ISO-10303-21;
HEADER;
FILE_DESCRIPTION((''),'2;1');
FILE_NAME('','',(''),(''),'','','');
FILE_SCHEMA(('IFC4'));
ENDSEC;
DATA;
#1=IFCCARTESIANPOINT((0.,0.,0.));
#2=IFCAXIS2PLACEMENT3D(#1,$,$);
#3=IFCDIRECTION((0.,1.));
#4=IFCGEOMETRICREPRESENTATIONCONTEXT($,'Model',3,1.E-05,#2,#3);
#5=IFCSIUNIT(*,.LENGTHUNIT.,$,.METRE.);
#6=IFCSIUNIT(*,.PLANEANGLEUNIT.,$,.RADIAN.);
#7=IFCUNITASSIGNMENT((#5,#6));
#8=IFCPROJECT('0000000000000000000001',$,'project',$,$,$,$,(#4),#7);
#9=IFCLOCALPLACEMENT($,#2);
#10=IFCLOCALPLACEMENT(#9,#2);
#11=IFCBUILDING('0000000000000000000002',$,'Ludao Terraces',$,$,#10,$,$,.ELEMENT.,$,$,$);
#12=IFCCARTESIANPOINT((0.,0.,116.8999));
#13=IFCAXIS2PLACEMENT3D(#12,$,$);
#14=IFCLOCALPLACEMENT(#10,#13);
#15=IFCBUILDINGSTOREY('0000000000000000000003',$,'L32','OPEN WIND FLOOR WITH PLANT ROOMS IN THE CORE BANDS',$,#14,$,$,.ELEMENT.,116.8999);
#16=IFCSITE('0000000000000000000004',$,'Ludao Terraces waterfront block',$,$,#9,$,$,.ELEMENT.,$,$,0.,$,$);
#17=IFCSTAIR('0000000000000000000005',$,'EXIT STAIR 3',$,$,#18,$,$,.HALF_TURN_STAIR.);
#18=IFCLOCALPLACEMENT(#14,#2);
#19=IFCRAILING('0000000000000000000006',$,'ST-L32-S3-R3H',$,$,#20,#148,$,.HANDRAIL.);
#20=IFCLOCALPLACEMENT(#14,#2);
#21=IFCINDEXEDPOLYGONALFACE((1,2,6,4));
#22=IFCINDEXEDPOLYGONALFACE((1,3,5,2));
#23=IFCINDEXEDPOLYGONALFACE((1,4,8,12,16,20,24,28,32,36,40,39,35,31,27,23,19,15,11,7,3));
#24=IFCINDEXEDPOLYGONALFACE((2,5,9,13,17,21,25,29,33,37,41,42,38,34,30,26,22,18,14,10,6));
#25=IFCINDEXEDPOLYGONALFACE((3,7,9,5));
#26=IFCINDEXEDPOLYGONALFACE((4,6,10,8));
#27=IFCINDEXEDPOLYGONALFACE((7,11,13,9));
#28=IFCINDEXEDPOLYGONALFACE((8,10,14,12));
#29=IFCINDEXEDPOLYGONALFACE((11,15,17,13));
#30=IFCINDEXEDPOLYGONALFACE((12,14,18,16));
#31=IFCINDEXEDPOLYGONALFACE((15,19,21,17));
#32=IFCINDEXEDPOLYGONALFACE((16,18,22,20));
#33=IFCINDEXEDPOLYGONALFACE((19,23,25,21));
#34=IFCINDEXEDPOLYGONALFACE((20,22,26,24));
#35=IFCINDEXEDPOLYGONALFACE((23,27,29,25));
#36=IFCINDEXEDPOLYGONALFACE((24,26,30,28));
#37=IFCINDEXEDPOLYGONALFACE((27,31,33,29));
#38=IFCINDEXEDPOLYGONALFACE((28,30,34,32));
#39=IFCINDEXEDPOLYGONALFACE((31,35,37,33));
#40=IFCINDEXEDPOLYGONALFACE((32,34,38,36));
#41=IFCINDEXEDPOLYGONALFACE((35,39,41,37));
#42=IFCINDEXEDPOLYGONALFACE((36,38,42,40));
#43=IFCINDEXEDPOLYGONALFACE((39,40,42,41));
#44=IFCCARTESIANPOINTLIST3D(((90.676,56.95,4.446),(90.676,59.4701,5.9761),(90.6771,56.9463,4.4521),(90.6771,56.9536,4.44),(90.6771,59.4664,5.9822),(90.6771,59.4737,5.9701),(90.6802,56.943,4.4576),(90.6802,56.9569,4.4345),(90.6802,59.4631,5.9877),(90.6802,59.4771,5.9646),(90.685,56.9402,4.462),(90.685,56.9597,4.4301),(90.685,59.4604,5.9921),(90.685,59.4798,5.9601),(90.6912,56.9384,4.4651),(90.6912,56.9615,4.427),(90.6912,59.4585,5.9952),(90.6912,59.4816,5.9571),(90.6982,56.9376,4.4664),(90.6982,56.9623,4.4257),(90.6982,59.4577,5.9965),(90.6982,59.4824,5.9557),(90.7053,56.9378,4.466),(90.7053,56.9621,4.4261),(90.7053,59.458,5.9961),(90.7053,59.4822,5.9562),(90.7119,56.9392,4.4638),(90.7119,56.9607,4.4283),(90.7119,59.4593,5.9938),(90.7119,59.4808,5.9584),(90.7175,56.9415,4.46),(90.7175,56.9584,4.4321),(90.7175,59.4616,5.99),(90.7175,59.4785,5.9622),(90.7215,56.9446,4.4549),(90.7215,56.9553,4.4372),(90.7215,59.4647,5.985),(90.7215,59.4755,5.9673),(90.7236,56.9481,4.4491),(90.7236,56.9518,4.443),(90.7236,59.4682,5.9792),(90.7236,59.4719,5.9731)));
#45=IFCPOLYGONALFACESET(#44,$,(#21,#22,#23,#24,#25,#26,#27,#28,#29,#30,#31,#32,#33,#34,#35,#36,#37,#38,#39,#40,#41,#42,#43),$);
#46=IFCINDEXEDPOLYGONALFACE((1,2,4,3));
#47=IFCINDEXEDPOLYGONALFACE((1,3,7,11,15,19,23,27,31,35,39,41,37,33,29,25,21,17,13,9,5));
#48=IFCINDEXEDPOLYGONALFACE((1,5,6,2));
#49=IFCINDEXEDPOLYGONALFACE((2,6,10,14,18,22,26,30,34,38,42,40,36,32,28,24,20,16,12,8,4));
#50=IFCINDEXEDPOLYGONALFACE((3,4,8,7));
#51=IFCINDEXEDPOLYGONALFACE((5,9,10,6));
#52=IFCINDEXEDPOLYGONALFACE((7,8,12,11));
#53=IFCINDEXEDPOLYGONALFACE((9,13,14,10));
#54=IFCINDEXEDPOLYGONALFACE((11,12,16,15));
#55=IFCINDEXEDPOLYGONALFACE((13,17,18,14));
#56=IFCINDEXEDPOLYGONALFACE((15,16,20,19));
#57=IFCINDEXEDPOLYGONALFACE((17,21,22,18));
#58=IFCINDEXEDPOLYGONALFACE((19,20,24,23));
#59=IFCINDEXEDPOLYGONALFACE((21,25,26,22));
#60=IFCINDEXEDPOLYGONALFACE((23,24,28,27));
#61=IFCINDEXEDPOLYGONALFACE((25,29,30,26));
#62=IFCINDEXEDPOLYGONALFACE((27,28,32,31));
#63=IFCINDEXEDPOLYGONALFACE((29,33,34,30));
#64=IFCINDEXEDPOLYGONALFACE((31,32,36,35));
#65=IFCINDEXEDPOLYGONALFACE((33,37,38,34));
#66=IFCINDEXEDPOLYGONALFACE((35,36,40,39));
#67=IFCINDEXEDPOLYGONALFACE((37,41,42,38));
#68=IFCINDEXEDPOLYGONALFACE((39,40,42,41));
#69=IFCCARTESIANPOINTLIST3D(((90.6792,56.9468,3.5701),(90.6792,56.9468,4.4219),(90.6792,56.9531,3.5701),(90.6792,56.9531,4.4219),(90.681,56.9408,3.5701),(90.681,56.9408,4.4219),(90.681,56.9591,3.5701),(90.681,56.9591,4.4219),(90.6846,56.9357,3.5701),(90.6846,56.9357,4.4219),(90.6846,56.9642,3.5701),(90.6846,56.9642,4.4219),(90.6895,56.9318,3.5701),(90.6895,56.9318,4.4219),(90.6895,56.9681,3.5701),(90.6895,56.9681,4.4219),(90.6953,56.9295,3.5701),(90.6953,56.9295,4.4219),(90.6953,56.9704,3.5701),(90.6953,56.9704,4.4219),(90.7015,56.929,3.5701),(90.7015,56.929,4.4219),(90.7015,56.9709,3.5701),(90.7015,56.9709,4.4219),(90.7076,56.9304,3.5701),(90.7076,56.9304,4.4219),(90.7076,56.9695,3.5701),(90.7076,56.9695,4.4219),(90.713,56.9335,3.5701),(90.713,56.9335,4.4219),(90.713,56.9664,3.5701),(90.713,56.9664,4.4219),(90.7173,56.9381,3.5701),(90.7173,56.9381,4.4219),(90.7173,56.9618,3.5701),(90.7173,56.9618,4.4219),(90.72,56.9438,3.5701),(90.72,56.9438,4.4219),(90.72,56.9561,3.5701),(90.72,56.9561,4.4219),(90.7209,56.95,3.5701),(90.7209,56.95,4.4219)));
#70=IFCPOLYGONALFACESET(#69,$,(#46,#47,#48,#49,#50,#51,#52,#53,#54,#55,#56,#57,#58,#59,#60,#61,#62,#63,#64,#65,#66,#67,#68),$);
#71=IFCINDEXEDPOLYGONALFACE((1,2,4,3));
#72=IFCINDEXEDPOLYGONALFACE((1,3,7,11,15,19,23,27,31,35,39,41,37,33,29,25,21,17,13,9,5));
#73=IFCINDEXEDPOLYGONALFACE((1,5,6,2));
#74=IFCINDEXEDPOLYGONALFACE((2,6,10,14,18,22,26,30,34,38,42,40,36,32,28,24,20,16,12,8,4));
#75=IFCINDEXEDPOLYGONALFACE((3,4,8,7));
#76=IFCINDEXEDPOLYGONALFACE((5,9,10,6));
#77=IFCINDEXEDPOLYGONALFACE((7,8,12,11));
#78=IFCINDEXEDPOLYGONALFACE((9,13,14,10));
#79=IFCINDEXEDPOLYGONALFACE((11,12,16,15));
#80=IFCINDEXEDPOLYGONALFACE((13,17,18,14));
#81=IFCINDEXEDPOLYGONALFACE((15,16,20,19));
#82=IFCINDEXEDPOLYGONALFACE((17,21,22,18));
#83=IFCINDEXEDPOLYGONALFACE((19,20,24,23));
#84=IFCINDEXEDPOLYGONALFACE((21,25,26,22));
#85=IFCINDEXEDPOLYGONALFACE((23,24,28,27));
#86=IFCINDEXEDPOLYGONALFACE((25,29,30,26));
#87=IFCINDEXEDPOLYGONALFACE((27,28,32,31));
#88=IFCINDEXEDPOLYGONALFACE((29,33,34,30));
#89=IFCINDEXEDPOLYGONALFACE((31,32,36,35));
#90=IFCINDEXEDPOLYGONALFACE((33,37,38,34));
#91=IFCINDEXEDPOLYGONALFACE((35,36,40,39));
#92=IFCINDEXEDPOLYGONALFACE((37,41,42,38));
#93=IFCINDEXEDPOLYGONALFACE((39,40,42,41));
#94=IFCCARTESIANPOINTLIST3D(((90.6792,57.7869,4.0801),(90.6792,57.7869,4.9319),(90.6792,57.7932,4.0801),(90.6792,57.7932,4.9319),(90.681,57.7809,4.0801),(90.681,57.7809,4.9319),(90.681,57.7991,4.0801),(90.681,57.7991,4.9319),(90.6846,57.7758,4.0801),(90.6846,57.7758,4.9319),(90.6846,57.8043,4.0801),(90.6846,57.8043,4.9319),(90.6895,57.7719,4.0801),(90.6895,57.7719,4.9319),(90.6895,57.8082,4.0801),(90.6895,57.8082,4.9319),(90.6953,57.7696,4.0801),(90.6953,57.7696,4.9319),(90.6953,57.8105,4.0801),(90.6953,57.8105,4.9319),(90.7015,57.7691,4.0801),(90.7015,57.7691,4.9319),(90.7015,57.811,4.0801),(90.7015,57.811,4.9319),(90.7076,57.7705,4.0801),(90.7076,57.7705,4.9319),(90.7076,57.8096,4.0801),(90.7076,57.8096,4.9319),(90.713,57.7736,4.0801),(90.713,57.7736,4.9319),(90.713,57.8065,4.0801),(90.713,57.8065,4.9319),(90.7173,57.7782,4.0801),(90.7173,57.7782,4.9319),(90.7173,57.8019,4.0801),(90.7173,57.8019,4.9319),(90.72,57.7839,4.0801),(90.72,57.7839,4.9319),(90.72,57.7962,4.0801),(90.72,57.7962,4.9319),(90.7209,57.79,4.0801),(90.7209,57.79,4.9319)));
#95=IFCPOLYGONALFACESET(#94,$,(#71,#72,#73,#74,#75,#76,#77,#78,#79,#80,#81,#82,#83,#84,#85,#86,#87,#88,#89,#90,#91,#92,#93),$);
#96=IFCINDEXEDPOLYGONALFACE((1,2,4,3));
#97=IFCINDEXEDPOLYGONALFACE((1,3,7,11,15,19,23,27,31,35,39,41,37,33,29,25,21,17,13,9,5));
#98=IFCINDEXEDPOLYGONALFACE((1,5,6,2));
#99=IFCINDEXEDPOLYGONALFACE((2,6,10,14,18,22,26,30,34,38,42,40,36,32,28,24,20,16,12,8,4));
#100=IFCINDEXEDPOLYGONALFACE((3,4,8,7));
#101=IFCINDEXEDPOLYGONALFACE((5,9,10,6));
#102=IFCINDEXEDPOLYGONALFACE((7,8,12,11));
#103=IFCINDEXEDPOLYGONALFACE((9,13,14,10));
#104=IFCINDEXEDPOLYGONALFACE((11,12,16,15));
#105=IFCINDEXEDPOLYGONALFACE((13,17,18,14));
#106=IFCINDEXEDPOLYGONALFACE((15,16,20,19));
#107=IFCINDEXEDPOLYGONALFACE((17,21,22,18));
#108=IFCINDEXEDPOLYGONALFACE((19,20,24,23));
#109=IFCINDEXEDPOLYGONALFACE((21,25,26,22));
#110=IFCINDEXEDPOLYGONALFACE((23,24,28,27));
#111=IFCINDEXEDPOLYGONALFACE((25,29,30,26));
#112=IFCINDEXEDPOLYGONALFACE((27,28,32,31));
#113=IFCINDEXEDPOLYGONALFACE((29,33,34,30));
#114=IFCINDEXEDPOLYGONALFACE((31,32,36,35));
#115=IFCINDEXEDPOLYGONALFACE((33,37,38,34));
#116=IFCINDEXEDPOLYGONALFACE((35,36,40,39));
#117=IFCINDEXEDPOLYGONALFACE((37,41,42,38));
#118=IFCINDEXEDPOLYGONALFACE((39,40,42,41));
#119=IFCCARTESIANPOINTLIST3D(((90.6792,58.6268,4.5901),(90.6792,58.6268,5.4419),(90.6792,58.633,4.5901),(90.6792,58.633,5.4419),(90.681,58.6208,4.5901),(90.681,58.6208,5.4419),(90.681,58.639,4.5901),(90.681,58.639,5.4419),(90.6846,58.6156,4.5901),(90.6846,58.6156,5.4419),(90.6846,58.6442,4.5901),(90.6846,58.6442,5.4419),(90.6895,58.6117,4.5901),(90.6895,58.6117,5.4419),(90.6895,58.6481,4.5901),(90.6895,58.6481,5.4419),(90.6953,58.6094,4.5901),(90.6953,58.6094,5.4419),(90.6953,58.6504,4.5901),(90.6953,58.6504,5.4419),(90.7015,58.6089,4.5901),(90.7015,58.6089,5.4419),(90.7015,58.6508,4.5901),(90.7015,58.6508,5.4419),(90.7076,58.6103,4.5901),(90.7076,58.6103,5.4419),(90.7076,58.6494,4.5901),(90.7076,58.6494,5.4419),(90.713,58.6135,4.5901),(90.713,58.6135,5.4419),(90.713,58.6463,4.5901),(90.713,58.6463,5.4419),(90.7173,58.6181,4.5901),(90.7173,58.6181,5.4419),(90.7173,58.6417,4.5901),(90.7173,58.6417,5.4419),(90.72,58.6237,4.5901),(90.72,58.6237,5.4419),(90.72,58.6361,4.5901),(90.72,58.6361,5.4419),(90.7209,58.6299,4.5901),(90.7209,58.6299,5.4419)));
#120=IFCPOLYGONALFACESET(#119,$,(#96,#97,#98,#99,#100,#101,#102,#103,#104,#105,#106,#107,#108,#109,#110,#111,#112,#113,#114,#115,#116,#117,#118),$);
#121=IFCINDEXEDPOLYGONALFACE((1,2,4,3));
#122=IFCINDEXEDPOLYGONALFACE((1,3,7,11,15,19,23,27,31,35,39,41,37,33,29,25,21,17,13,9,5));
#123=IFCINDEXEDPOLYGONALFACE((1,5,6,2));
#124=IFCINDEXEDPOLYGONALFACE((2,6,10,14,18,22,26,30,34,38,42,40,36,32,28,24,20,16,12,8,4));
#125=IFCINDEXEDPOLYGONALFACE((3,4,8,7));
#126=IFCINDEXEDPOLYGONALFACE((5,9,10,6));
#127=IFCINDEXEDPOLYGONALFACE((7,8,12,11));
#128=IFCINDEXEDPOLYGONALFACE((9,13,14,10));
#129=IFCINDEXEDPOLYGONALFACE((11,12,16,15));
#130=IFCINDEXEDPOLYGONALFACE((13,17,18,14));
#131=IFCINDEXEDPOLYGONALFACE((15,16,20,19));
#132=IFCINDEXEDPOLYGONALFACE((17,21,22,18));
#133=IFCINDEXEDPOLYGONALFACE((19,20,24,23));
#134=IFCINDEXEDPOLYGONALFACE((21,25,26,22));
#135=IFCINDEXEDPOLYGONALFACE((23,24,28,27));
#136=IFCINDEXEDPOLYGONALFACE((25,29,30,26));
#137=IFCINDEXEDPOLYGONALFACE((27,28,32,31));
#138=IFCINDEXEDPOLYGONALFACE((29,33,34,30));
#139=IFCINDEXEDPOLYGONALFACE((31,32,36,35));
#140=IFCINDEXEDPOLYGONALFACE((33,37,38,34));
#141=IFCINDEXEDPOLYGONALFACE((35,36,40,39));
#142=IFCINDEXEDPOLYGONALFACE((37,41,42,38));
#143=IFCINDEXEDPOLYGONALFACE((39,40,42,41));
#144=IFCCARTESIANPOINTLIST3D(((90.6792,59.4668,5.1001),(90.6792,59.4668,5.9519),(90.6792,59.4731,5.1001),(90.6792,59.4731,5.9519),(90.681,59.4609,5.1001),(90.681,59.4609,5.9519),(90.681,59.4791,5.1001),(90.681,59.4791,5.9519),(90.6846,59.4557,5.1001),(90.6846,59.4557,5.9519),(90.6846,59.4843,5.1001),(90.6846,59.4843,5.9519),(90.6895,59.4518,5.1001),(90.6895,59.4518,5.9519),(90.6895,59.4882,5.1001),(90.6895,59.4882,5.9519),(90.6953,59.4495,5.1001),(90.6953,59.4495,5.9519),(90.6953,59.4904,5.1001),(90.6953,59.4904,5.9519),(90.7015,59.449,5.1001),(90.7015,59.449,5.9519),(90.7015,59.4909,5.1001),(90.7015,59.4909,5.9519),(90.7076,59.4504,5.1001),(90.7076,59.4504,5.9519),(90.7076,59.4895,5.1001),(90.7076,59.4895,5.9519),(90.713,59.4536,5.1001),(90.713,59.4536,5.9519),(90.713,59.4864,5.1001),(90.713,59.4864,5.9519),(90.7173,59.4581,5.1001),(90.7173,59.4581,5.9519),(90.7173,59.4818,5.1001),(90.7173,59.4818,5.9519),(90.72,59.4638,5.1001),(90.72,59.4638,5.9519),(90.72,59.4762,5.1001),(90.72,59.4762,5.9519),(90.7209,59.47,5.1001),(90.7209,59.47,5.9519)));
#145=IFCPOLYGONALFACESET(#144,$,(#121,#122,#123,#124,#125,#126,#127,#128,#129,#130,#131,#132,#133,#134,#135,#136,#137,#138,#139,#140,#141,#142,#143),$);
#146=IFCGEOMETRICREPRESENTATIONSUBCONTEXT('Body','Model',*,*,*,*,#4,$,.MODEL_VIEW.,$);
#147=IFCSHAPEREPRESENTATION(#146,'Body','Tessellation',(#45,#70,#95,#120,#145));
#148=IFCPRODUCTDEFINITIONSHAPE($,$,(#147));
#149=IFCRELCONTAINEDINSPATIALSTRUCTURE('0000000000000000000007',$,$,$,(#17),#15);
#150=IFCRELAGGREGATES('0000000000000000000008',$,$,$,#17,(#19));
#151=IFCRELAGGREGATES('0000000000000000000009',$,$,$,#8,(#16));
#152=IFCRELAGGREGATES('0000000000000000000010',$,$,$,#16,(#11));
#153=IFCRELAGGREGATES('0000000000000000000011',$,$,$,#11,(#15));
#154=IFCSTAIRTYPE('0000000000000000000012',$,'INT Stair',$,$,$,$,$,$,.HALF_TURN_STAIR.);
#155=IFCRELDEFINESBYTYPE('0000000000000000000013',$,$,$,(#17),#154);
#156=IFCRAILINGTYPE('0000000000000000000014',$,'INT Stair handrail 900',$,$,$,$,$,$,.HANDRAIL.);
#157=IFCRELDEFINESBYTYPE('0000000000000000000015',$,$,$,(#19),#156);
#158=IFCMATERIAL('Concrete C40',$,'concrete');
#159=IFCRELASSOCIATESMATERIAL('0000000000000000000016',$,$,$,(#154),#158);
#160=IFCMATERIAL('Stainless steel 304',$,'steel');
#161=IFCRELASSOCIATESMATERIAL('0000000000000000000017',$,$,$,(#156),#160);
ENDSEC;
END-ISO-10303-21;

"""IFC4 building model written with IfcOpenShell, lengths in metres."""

from ifc_helpers import new_model, si_unit, direction, frame, origin, origin_2d, place, context, subcontext, project, spatial, circle, extrude, material, type_object, element, aggregate, save


model = new_model("IFC4")

# Units and contexts
model_context = context("Model", 3, precision=1e-05, world=origin(), true_north=direction((0.0, 1.0)))
body_context = subcontext(model_context, "Body", "Model", "MODEL_VIEW")
ifc_project = project(units=[si_unit("LENGTHUNIT", "METRE"), si_unit("PLANEANGLEUNIT", "RADIAN")], contexts=[model_context])

# Site, building, storey
site_placement = place(None, origin())
site = spatial("IfcSite", under=ifc_project, at=site_placement, Name="Ludao Terraces waterfront block", CompositionType="ELEMENT", RefElevation=0.0)
building_placement = place(site_placement, origin())
building = spatial("IfcBuilding", under=site, at=building_placement, Name="Ludao Terraces", CompositionType="ELEMENT")
storey_placement = place(building_placement, frame((0.0, 0.0, 116.8999)))
storey = spatial("IfcBuildingStorey", under=building, at=storey_placement, Name="L32", Description="OPEN WIND FLOOR WITH PLANT ROOMS IN THE CORE BANDS", CompositionType="ELEMENT", Elevation=116.8999)

# Stair, railing
ifc_material_1 = material(Name="Concrete C40", Category="concrete")
stair_type = type_object("IfcStairType", Name="INT Stair", PredefinedType="HALF_TURN_STAIR", material=ifc_material_1)
stair_placement = place(storey_placement, origin())
stair = element("IfcStair", 1, at=stair_placement, inside=storey, type_object=stair_type, Name="EXIT STAIR 3", PredefinedType="HALF_TURN_STAIR")
ifc_material_2 = material(Name="Stainless steel 304", Category="steel")
railing_type_1 = type_object("IfcRailingType", Name="INT Stair handrail 900", PredefinedType="HANDRAIL", material=ifc_material_2)
railing_1_placement = place(storey_placement, frame((90.7, 56.95, 3.5701)))
railing_1 = element("IfcRailing", 2, at=railing_1_placement, type_object=railing_type_1, Name="ST-L32-S3-R3H", PredefinedType="HANDRAIL", context=body_context, shape_type="SweptSolid", body=[
    extrude(circle(Radius=0.0239, at=origin_2d()), frame((0.0, 0.0, 0.876), z_axis=(0.0, 0.854785, 0.518982), x_axis=(-1.0, 0.0, 0.0)), (0.0, 0.0, 1.0), 2.9482),
    extrude(circle(Radius=0.021, at=origin_2d()), origin(), (0.0, 0.0, 1.0), 0.8518),
    extrude(circle(Radius=0.021, at=origin_2d()), frame((0.0, 0.8401, 0.51)), (0.0, 0.0, 1.0), 0.8518),
    extrude(circle(Radius=0.021, at=origin_2d()), frame((0.0, 1.6799, 1.02)), (0.0, 0.0, 1.0), 0.8518),
    extrude(circle(Radius=0.021, at=origin_2d()), frame((0.0, 2.52, 1.53)), (0.0, 0.0, 1.0), 0.8518),
])
aggregate(stair, [railing_1])

save(model, "model.ifc")
